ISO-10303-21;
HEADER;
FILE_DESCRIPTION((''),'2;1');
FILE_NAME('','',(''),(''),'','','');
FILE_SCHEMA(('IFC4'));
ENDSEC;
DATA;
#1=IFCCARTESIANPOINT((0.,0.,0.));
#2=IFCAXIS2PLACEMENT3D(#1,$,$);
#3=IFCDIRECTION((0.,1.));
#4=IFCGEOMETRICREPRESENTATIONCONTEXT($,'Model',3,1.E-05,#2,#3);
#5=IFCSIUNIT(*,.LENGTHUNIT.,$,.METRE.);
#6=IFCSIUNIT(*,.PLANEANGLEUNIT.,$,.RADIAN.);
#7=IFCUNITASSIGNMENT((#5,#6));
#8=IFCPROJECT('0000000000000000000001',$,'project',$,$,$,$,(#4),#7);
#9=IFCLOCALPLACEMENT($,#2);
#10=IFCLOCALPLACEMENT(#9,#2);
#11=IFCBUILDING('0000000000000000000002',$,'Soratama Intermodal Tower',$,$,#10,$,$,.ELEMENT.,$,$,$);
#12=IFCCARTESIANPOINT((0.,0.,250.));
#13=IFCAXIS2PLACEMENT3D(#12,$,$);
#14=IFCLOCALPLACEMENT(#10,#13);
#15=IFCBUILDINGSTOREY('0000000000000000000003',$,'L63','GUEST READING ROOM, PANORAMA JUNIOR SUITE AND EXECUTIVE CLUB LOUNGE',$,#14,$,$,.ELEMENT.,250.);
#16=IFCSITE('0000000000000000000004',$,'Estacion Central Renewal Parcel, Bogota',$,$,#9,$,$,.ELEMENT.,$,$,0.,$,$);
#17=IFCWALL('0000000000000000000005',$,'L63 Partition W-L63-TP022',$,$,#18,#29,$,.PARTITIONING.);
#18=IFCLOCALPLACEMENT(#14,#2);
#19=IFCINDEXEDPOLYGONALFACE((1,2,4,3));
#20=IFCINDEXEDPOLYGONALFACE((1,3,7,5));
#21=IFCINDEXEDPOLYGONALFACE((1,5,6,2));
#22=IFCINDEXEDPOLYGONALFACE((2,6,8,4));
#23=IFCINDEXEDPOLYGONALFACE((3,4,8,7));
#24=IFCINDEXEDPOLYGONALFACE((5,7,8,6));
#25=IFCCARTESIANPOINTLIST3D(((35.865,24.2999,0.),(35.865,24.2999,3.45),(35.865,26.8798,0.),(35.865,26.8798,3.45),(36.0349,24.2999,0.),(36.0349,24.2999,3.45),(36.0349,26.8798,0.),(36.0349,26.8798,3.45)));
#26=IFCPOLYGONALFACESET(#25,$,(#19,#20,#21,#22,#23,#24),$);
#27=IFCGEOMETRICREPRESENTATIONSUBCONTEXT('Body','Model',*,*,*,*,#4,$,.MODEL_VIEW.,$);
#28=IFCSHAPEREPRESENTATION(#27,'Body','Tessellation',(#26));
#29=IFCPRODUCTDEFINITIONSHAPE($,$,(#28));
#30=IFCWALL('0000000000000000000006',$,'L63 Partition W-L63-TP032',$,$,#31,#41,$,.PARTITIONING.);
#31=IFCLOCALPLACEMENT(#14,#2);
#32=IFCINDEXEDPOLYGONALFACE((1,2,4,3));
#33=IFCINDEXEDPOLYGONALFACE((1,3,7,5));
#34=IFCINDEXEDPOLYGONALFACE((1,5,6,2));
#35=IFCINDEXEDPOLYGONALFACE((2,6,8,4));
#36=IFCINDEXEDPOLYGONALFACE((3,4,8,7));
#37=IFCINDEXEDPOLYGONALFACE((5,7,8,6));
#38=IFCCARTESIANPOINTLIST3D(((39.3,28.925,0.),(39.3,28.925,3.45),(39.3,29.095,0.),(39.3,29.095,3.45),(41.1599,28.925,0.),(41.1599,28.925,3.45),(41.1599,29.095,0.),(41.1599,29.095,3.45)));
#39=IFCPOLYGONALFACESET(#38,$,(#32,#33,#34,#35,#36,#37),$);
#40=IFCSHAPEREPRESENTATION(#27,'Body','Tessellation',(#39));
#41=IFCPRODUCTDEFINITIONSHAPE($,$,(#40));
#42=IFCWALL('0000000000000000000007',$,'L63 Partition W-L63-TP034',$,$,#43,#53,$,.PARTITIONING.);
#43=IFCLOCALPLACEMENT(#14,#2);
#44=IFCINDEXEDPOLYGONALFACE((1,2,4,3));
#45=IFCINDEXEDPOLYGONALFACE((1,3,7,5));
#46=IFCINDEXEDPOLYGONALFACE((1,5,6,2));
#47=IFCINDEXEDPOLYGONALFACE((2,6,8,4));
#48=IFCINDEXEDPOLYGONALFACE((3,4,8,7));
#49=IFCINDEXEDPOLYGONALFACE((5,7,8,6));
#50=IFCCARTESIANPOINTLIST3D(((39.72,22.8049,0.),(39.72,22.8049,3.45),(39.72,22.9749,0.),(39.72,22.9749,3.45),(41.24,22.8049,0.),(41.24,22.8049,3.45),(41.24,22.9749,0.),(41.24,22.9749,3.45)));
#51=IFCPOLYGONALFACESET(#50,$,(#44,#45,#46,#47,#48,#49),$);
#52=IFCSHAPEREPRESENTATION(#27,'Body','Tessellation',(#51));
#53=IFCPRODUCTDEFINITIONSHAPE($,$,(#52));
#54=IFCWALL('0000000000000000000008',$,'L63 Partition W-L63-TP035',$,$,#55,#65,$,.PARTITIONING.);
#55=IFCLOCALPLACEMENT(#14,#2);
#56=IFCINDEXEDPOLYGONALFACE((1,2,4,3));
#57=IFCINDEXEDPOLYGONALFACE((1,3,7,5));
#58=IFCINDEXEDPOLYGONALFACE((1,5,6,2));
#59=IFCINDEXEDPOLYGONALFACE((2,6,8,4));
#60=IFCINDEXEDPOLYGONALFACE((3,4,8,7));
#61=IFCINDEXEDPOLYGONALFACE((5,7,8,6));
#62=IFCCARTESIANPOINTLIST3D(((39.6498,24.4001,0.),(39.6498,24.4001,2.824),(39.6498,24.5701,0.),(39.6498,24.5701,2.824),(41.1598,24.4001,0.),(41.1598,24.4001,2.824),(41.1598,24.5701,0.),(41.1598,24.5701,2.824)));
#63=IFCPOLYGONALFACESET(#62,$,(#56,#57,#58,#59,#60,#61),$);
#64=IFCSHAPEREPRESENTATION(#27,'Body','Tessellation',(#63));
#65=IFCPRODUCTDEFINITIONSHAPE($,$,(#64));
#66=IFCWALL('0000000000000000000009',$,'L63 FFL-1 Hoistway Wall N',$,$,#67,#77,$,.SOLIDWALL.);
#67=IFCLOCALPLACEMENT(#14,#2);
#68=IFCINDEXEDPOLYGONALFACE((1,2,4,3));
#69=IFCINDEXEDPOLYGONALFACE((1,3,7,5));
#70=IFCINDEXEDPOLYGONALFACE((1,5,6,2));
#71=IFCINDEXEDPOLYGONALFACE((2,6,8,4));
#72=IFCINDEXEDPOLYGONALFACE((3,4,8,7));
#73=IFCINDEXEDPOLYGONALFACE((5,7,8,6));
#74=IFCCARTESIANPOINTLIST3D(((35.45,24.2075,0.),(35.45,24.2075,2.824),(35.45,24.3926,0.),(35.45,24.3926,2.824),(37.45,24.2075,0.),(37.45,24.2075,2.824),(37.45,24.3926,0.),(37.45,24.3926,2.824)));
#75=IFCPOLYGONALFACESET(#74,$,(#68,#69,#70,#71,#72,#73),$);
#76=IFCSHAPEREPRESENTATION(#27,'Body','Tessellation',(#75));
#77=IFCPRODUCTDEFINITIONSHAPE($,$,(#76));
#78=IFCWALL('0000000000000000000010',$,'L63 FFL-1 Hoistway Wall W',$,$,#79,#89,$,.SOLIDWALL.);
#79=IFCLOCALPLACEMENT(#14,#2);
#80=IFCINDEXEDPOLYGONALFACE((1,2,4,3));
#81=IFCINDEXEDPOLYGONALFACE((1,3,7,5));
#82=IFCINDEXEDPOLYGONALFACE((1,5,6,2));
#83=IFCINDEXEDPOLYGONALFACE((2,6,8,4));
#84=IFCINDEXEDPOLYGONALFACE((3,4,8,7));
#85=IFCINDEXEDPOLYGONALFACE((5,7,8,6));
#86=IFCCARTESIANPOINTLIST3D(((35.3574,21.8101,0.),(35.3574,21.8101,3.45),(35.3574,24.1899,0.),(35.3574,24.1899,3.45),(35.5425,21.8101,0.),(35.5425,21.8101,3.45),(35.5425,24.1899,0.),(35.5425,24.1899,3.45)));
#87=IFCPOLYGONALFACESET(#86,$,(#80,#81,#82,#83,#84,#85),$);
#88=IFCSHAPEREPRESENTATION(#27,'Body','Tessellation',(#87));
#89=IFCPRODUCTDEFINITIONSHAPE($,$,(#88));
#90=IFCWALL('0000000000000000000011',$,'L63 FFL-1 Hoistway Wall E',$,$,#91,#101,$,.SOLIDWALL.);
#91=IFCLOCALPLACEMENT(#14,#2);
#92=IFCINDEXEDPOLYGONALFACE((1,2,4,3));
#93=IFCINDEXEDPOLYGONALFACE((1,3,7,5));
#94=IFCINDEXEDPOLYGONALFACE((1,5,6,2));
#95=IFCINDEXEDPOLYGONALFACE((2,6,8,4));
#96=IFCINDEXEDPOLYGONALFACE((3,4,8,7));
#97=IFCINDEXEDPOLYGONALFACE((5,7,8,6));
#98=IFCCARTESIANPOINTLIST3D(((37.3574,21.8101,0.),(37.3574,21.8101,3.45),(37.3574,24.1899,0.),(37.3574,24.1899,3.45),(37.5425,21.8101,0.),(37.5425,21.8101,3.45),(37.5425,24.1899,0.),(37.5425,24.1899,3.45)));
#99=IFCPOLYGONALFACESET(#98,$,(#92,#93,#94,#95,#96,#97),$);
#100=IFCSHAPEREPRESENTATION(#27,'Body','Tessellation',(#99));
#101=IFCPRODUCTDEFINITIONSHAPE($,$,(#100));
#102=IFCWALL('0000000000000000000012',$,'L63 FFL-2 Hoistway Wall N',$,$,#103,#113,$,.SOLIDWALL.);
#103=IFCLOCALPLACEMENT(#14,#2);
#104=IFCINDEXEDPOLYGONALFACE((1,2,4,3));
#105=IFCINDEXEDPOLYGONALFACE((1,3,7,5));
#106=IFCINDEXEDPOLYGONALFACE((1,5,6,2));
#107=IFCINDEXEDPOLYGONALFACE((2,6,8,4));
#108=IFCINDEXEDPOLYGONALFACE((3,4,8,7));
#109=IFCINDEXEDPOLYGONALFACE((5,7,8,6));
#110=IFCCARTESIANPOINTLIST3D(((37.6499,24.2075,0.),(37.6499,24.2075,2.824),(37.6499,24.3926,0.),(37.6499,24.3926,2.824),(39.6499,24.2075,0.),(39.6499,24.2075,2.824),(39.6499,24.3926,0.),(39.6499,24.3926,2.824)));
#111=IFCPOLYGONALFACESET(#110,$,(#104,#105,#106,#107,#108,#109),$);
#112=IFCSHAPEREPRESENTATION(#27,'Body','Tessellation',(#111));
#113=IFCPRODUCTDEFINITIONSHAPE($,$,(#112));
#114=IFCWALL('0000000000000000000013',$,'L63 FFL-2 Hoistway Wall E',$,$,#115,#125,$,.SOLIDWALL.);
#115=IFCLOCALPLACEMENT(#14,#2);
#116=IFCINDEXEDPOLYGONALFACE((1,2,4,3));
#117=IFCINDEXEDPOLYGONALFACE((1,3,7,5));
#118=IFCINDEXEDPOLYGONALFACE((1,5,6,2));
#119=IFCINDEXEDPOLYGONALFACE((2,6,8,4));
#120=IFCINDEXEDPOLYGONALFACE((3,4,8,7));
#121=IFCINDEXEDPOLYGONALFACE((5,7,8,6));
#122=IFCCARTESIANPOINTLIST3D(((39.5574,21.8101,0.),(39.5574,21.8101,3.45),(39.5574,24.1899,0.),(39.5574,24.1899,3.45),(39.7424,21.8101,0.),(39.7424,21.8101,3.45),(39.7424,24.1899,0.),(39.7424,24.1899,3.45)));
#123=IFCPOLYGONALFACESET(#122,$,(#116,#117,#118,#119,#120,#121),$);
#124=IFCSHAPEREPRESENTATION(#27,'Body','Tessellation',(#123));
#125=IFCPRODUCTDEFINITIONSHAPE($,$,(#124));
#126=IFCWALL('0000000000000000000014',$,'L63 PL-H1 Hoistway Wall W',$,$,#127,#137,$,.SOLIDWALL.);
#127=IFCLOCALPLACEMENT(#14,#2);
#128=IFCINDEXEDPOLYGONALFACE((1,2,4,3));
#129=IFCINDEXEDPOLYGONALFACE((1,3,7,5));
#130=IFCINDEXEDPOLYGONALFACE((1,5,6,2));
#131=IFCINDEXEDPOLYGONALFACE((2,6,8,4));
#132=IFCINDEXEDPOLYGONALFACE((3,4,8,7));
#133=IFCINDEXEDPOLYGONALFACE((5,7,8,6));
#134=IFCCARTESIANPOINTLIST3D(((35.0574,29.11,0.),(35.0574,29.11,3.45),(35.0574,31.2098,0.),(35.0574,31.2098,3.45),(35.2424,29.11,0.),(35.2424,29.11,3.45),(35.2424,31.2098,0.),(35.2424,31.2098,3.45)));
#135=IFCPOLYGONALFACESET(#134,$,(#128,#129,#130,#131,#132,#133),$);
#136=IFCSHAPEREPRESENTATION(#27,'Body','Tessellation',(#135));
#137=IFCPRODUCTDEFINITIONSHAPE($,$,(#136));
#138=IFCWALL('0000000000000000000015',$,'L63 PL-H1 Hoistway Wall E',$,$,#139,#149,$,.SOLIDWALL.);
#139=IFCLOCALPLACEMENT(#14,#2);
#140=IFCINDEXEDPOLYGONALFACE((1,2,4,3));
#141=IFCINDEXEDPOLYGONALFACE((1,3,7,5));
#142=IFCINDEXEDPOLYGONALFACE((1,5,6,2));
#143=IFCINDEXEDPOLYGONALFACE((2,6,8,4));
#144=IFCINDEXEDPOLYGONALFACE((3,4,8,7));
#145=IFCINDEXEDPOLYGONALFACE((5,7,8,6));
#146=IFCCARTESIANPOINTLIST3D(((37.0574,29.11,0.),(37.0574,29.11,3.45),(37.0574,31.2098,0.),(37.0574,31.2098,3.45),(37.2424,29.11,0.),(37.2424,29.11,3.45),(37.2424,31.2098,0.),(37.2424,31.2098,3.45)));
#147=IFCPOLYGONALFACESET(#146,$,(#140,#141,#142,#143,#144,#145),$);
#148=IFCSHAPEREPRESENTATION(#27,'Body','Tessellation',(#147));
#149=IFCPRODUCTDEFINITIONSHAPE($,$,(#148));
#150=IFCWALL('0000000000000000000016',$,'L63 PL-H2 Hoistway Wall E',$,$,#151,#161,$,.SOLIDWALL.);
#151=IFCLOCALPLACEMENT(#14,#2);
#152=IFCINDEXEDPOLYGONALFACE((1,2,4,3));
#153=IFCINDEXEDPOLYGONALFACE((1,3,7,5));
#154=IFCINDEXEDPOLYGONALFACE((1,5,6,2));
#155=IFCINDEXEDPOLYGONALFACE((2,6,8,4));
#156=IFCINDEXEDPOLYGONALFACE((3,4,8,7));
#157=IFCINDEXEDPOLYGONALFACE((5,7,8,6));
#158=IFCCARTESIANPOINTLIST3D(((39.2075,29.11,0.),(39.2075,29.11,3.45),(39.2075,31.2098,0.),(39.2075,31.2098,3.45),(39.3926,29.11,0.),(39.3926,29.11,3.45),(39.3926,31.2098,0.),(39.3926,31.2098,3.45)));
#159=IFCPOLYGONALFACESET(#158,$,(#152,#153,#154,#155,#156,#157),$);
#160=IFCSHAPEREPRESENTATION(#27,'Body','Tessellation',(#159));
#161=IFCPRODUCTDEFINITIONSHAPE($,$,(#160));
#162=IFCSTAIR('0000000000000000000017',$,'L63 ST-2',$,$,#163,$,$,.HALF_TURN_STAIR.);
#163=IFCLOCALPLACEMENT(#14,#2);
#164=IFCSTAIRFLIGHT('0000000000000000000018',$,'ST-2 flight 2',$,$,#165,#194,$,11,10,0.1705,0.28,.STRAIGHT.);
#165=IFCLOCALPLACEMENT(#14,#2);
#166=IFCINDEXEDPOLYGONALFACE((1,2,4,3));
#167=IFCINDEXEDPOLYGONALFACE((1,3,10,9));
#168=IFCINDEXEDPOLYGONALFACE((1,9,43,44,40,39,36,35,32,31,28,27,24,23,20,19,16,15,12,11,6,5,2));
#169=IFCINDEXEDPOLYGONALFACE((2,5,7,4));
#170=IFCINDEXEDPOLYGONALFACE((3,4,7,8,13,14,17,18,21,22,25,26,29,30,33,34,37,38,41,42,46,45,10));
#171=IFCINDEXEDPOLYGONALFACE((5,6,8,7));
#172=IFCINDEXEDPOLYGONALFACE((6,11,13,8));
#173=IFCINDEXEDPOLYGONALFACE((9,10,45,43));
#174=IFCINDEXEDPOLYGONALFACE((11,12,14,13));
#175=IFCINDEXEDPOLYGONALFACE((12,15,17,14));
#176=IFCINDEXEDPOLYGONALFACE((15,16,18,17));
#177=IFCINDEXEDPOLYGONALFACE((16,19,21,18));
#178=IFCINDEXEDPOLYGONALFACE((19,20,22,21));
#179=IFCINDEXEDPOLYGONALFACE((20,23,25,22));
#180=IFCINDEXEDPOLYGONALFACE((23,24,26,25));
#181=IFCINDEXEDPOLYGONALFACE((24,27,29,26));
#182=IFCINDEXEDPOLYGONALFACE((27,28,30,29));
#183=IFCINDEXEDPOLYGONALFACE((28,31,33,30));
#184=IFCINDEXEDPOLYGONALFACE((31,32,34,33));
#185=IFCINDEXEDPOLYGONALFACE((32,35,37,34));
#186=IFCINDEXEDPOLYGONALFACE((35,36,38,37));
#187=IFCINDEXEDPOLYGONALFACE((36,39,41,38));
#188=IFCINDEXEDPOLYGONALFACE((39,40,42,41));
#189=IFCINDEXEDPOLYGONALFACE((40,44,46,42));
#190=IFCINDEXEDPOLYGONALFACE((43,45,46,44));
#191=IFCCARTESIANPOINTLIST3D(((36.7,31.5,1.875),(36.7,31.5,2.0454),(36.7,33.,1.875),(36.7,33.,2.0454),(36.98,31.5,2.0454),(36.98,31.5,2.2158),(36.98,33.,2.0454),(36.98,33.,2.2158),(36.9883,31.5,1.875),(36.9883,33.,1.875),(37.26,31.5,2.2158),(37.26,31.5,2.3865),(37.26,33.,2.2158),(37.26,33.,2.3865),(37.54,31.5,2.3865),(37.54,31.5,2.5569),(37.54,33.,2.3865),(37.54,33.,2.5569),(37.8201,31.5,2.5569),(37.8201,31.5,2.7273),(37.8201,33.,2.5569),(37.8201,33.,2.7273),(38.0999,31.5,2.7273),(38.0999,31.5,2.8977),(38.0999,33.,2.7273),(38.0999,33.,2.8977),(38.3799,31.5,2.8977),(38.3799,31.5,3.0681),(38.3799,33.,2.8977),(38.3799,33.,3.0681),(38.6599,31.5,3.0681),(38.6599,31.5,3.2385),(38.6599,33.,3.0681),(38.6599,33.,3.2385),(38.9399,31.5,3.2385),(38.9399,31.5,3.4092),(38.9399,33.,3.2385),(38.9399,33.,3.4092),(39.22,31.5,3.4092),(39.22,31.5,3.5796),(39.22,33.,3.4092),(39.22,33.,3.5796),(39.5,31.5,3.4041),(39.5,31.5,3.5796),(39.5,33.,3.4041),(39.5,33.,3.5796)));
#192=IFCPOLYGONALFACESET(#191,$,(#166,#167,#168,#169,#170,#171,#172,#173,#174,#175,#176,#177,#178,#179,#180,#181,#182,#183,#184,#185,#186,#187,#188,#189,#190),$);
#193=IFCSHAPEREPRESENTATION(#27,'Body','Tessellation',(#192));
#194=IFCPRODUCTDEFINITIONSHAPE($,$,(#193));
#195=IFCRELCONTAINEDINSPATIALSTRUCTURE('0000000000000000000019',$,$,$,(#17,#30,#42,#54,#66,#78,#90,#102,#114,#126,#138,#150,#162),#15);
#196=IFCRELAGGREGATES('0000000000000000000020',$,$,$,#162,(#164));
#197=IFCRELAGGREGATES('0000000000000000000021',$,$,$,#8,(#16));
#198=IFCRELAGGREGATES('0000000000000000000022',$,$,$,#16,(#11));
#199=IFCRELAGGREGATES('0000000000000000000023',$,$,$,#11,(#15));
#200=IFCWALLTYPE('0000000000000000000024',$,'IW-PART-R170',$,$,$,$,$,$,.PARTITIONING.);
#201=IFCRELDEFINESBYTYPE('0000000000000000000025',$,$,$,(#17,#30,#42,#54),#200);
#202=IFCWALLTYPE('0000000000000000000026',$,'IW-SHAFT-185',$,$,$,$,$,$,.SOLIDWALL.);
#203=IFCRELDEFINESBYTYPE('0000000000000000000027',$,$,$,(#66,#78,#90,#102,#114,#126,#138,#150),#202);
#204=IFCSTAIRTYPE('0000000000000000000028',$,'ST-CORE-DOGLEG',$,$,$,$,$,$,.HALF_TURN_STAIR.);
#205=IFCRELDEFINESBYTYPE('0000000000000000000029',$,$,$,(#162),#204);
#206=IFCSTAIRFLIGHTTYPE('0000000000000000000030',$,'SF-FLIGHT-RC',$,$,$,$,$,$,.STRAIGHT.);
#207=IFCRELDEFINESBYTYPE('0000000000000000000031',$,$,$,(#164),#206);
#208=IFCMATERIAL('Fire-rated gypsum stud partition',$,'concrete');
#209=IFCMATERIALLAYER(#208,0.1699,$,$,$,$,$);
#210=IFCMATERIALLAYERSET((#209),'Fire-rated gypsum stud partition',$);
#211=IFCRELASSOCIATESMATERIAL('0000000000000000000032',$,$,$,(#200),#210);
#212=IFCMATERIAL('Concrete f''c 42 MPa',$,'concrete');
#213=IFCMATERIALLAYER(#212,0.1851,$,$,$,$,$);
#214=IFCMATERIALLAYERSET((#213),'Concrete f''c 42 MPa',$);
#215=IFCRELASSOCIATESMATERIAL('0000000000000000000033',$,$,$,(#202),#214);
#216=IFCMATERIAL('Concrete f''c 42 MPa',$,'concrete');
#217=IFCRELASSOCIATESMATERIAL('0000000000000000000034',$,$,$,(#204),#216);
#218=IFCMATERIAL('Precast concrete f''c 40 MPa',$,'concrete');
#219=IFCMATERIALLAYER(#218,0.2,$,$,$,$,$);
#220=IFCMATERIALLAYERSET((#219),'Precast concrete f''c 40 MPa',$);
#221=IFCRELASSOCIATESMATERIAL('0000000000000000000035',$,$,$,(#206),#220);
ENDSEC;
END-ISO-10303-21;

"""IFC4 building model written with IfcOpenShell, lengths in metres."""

from ifc_helpers import new_model, si_unit, direction, frame, frame_2d, origin, place, context, subcontext, project, spatial, polyline, rectangle, outline, extrude, material, layer, layer_set, type_object, element, aggregate, save


model = new_model("IFC4")

# Units and contexts
model_context = context("Model", 3, precision=1e-05, world=origin(), true_north=direction((0.0, 1.0)))
body_context = subcontext(model_context, "Body", "Model", "MODEL_VIEW")
ifc_project = project(units=[si_unit("LENGTHUNIT", "METRE"), si_unit("PLANEANGLEUNIT", "RADIAN")], contexts=[model_context])

# Site, building, storey
site_placement = place(None, origin())
site = spatial("IfcSite", under=ifc_project, at=site_placement, Name="Estacion Central Renewal Parcel, Bogota", CompositionType="ELEMENT", RefElevation=0.0)
building_placement = place(site_placement, origin())
building = spatial("IfcBuilding", under=site, at=building_placement, Name="Soratama Intermodal Tower", CompositionType="ELEMENT")
storey_placement = place(building_placement, frame((0.0, 0.0, 250.0)))
storey = spatial("IfcBuildingStorey", under=building, at=storey_placement, Name="L63", Description="GUEST READING ROOM, PANORAMA JUNIOR SUITE AND EXECUTIVE CLUB LOUNGE", CompositionType="ELEMENT", Elevation=250.0)

# Shared definitions
ifc_material_1 = material(Name="Fire-rated gypsum stud partition", Category="concrete")
ifc_layer_1 = layer(ifc_material_1, 0.1699)
ifc_layer_set_1 = layer_set([ifc_layer_1], Name="Fire-rated gypsum stud partition")
wall_type_1 = type_object("IfcWallType", Name="IW-PART-R170", PredefinedType="PARTITIONING", material=ifc_layer_set_1)

# Walls
wall_1_placement = place(storey_placement, frame((35.95, 26.8799, 0.0), z_axis=(0.0, 0.0, 1.0), x_axis=(0.0, -1.0, 0.0)))
element("IfcWall", 1, at=wall_1_placement, inside=storey, type_object=wall_type_1, Name="L63 Partition W-L63-TP022", PredefinedType="PARTITIONING", context=body_context, shape_type="SweptSolid", body=[
    extrude(rectangle(XDim=2.5798, YDim=0.1699, at=frame_2d((1.29, 0.0))), origin(), (0.0, 0.0, 1.0), 3.45),
])
wall_2_placement = place(storey_placement, frame((39.3, 29.01, 0.0), z_axis=(0.0, 0.0, 1.0), x_axis=(1.0, 0.0, 0.0)))
element("IfcWall", 2, at=wall_2_placement, inside=storey, type_object=wall_type_1, Name="L63 Partition W-L63-TP032", PredefinedType="PARTITIONING", context=body_context, shape_type="SweptSolid", body=[
    extrude(rectangle(XDim=1.8599, YDim=0.1699, at=frame_2d((0.9299, 0.0))), origin(), (0.0, 0.0, 1.0), 3.45),
])
wall_3_placement = place(storey_placement, frame((39.72, 22.8899, 0.0), z_axis=(0.0, 0.0, 1.0), x_axis=(1.0, 0.0, 0.0)))
element("IfcWall", 3, at=wall_3_placement, inside=storey, type_object=wall_type_1, Name="L63 Partition W-L63-TP034", PredefinedType="PARTITIONING", context=body_context, shape_type="SweptSolid", body=[
    extrude(rectangle(XDim=1.52, YDim=0.1699, at=frame_2d((0.76, 0.0))), origin(), (0.0, 0.0, 1.0), 3.45),
])
wall_4_placement = place(storey_placement, frame((39.6499, 24.4851, 0.0), z_axis=(0.0, 0.0, 1.0), x_axis=(1.0, 0.0, 0.0)))
element("IfcWall", 4, at=wall_4_placement, inside=storey, type_object=wall_type_1, Name="L63 Partition W-L63-TP035", PredefinedType="PARTITIONING", context=body_context, shape_type="SweptSolid", body=[
    extrude(rectangle(XDim=1.51, YDim=0.1699, at=frame_2d((0.7549, 0.0))), origin(), (0.0, 0.0, 1.0), 2.824),
])
ifc_material_2 = material(Name="Concrete f'c 42 MPa", Category="concrete")
ifc_layer_2 = layer(ifc_material_2, 0.1851)
ifc_layer_set_2 = layer_set([ifc_layer_2], Name="Concrete f'c 42 MPa")
wall_type_2 = type_object("IfcWallType", Name="IW-SHAFT-185", PredefinedType="SOLIDWALL", material=ifc_layer_set_2)
wall_5_placement = place(storey_placement, frame((35.45, 24.3, 0.0), z_axis=(0.0, 0.0, 1.0), x_axis=(1.0, 0.0, 0.0)))
element("IfcWall", 5, at=wall_5_placement, inside=storey, type_object=wall_type_2, Name="L63 FFL-1 Hoistway Wall N", PredefinedType="SOLIDWALL", context=body_context, shape_type="SweptSolid", body=[
    extrude(rectangle(XDim=2.0, YDim=0.1851, at=frame_2d((1.0, 0.0))), origin(), (0.0, 0.0, 1.0), 2.824),
])
for number, where, z_axis, x_axis, name in (
    (6, (35.45, 21.8101, 0.0), (0.0, 0.0, 1.0), (0.0, 1.0, 0.0), "L63 FFL-1 Hoistway Wall W"),
    (7, (37.45, 21.8101, 0.0), (0.0, 0.0, 1.0), (0.0, 1.0, 0.0), "L63 FFL-1 Hoistway Wall E"),
):
    element("IfcWall", number, at=place(storey_placement, frame(where, z_axis=z_axis, x_axis=x_axis)), inside=storey, type_object=wall_type_2, Name=name, PredefinedType="SOLIDWALL", context=body_context, shape_type="SweptSolid", body=[
        extrude(rectangle(XDim=2.3799, YDim=0.1851, at=frame_2d((1.1899, 0.0))), origin(), (0.0, 0.0, 1.0), 3.45),
    ])
wall_6_placement = place(storey_placement, frame((37.6499, 24.3, 0.0), z_axis=(0.0, 0.0, 1.0), x_axis=(1.0, 0.0, 0.0)))
element("IfcWall", 8, at=wall_6_placement, inside=storey, type_object=wall_type_2, Name="L63 FFL-2 Hoistway Wall N", PredefinedType="SOLIDWALL", context=body_context, shape_type="SweptSolid", body=[
    extrude(rectangle(XDim=2.0, YDim=0.1851, at=frame_2d((1.0, 0.0))), origin(), (0.0, 0.0, 1.0), 2.824),
])
wall_7_placement = place(storey_placement, frame((39.6499, 21.8101, 0.0), z_axis=(0.0, 0.0, 1.0), x_axis=(0.0, 1.0, 0.0)))
element("IfcWall", 9, at=wall_7_placement, inside=storey, type_object=wall_type_2, Name="L63 FFL-2 Hoistway Wall E", PredefinedType="SOLIDWALL", context=body_context, shape_type="SweptSolid", body=[
    extrude(rectangle(XDim=2.3799, YDim=0.1851, at=frame_2d((1.1899, 0.0))), origin(), (0.0, 0.0, 1.0), 3.45),
])
for number, where, z_axis, x_axis, name in (
    (10, (35.1499, 29.1101, 0.0), (0.0, 0.0, 1.0), (0.0, 1.0, 0.0), "L63 PL-H1 Hoistway Wall W"),
    (11, (37.1499, 29.1101, 0.0), (0.0, 0.0, 1.0), (0.0, 1.0, 0.0), "L63 PL-H1 Hoistway Wall E"),
):
    element("IfcWall", number, at=place(storey_placement, frame(where, z_axis=z_axis, x_axis=x_axis)), inside=storey, type_object=wall_type_2, Name=name, PredefinedType="SOLIDWALL", context=body_context, shape_type="SweptSolid", body=[
        extrude(rectangle(XDim=2.0999, YDim=0.1851, at=frame_2d((1.0498, 0.0))), origin(), (0.0, 0.0, 1.0), 3.45),
    ])

# Wall
wall_8_placement = place(storey_placement, frame((39.3, 29.1101, 0.0), z_axis=(0.0, 0.0, 1.0), x_axis=(0.0, 1.0, 0.0)))
element("IfcWall", 12, at=wall_8_placement, inside=storey, type_object=wall_type_2, Name="L63 PL-H2 Hoistway Wall E", PredefinedType="SOLIDWALL", context=body_context, shape_type="SweptSolid", body=[
    extrude(rectangle(XDim=2.0999, YDim=0.1851, at=frame_2d((1.0498, 0.0))), origin(), (0.0, 0.0, 1.0), 3.45),
])

# Stair, stair flight
ifc_material_3 = material(Name="Concrete f'c 42 MPa", Category="concrete")
stair_type = type_object("IfcStairType", Name="ST-CORE-DOGLEG", PredefinedType="HALF_TURN_STAIR", material=ifc_material_3)
stair_placement = place(storey_placement, origin())
stair = element("IfcStair", 13, at=stair_placement, inside=storey, type_object=stair_type, Name="L63 ST-2", PredefinedType="HALF_TURN_STAIR")
ifc_material_4 = material(Name="Precast concrete f'c 40 MPa", Category="concrete")
ifc_layer_3 = layer(ifc_material_4, 0.2)
ifc_layer_set_3 = layer_set([ifc_layer_3], Name="Precast concrete f'c 40 MPa")
stair_flight_type = type_object("IfcStairFlightType", Name="SF-FLIGHT-RC", PredefinedType="STRAIGHT", material=ifc_layer_set_3)
stair_flight_placement = place(storey_placement, frame((36.7, 32.25, 1.875), z_axis=(0.0, 0.0, 1.0), x_axis=(1.0, 0.0, 0.0)))
stair_flight = element("IfcStairFlight", 14, at=stair_flight_placement, type_object=stair_flight_type, Name="ST-2 flight 2", NumberOfRisers=11, NumberOfTreads=10, PredefinedType="STRAIGHT", RiserHeight=0.1705, TreadLength=0.28, context=body_context, shape_type="SweptSolid", body=[
    extrude(outline(polyline([(0.0, 0.0), (0.0, 0.1704), (0.28, 0.1704), (0.28, 0.3408), (0.5601, 0.3408), (0.5601, 0.5115), (0.8401, 0.5115), (0.8401, 0.6819), (1.1201, 0.6819), (1.1201, 0.8523), (1.3999, 0.8523), (1.3999, 1.0227), (1.6799, 1.0227), (1.6799, 1.1931), (1.96, 1.1931), (1.96, 1.3635), (2.24, 1.3635), (2.24, 1.5342), (2.52, 1.5342), (2.52, 1.7046), (2.8, 1.7046), (2.8, 1.875), (2.8, 1.5291), (0.2883, 0.0), (0.0, 0.0)])), frame((0.0, 0.75, 0.0), z_axis=(0.0, -1.0, 0.0), x_axis=(1.0, 0.0, 0.0)), (0.0, 0.0, 1.0), 1.5),
])
aggregate(stair, [stair_flight])

save(model, "model.ifc")
